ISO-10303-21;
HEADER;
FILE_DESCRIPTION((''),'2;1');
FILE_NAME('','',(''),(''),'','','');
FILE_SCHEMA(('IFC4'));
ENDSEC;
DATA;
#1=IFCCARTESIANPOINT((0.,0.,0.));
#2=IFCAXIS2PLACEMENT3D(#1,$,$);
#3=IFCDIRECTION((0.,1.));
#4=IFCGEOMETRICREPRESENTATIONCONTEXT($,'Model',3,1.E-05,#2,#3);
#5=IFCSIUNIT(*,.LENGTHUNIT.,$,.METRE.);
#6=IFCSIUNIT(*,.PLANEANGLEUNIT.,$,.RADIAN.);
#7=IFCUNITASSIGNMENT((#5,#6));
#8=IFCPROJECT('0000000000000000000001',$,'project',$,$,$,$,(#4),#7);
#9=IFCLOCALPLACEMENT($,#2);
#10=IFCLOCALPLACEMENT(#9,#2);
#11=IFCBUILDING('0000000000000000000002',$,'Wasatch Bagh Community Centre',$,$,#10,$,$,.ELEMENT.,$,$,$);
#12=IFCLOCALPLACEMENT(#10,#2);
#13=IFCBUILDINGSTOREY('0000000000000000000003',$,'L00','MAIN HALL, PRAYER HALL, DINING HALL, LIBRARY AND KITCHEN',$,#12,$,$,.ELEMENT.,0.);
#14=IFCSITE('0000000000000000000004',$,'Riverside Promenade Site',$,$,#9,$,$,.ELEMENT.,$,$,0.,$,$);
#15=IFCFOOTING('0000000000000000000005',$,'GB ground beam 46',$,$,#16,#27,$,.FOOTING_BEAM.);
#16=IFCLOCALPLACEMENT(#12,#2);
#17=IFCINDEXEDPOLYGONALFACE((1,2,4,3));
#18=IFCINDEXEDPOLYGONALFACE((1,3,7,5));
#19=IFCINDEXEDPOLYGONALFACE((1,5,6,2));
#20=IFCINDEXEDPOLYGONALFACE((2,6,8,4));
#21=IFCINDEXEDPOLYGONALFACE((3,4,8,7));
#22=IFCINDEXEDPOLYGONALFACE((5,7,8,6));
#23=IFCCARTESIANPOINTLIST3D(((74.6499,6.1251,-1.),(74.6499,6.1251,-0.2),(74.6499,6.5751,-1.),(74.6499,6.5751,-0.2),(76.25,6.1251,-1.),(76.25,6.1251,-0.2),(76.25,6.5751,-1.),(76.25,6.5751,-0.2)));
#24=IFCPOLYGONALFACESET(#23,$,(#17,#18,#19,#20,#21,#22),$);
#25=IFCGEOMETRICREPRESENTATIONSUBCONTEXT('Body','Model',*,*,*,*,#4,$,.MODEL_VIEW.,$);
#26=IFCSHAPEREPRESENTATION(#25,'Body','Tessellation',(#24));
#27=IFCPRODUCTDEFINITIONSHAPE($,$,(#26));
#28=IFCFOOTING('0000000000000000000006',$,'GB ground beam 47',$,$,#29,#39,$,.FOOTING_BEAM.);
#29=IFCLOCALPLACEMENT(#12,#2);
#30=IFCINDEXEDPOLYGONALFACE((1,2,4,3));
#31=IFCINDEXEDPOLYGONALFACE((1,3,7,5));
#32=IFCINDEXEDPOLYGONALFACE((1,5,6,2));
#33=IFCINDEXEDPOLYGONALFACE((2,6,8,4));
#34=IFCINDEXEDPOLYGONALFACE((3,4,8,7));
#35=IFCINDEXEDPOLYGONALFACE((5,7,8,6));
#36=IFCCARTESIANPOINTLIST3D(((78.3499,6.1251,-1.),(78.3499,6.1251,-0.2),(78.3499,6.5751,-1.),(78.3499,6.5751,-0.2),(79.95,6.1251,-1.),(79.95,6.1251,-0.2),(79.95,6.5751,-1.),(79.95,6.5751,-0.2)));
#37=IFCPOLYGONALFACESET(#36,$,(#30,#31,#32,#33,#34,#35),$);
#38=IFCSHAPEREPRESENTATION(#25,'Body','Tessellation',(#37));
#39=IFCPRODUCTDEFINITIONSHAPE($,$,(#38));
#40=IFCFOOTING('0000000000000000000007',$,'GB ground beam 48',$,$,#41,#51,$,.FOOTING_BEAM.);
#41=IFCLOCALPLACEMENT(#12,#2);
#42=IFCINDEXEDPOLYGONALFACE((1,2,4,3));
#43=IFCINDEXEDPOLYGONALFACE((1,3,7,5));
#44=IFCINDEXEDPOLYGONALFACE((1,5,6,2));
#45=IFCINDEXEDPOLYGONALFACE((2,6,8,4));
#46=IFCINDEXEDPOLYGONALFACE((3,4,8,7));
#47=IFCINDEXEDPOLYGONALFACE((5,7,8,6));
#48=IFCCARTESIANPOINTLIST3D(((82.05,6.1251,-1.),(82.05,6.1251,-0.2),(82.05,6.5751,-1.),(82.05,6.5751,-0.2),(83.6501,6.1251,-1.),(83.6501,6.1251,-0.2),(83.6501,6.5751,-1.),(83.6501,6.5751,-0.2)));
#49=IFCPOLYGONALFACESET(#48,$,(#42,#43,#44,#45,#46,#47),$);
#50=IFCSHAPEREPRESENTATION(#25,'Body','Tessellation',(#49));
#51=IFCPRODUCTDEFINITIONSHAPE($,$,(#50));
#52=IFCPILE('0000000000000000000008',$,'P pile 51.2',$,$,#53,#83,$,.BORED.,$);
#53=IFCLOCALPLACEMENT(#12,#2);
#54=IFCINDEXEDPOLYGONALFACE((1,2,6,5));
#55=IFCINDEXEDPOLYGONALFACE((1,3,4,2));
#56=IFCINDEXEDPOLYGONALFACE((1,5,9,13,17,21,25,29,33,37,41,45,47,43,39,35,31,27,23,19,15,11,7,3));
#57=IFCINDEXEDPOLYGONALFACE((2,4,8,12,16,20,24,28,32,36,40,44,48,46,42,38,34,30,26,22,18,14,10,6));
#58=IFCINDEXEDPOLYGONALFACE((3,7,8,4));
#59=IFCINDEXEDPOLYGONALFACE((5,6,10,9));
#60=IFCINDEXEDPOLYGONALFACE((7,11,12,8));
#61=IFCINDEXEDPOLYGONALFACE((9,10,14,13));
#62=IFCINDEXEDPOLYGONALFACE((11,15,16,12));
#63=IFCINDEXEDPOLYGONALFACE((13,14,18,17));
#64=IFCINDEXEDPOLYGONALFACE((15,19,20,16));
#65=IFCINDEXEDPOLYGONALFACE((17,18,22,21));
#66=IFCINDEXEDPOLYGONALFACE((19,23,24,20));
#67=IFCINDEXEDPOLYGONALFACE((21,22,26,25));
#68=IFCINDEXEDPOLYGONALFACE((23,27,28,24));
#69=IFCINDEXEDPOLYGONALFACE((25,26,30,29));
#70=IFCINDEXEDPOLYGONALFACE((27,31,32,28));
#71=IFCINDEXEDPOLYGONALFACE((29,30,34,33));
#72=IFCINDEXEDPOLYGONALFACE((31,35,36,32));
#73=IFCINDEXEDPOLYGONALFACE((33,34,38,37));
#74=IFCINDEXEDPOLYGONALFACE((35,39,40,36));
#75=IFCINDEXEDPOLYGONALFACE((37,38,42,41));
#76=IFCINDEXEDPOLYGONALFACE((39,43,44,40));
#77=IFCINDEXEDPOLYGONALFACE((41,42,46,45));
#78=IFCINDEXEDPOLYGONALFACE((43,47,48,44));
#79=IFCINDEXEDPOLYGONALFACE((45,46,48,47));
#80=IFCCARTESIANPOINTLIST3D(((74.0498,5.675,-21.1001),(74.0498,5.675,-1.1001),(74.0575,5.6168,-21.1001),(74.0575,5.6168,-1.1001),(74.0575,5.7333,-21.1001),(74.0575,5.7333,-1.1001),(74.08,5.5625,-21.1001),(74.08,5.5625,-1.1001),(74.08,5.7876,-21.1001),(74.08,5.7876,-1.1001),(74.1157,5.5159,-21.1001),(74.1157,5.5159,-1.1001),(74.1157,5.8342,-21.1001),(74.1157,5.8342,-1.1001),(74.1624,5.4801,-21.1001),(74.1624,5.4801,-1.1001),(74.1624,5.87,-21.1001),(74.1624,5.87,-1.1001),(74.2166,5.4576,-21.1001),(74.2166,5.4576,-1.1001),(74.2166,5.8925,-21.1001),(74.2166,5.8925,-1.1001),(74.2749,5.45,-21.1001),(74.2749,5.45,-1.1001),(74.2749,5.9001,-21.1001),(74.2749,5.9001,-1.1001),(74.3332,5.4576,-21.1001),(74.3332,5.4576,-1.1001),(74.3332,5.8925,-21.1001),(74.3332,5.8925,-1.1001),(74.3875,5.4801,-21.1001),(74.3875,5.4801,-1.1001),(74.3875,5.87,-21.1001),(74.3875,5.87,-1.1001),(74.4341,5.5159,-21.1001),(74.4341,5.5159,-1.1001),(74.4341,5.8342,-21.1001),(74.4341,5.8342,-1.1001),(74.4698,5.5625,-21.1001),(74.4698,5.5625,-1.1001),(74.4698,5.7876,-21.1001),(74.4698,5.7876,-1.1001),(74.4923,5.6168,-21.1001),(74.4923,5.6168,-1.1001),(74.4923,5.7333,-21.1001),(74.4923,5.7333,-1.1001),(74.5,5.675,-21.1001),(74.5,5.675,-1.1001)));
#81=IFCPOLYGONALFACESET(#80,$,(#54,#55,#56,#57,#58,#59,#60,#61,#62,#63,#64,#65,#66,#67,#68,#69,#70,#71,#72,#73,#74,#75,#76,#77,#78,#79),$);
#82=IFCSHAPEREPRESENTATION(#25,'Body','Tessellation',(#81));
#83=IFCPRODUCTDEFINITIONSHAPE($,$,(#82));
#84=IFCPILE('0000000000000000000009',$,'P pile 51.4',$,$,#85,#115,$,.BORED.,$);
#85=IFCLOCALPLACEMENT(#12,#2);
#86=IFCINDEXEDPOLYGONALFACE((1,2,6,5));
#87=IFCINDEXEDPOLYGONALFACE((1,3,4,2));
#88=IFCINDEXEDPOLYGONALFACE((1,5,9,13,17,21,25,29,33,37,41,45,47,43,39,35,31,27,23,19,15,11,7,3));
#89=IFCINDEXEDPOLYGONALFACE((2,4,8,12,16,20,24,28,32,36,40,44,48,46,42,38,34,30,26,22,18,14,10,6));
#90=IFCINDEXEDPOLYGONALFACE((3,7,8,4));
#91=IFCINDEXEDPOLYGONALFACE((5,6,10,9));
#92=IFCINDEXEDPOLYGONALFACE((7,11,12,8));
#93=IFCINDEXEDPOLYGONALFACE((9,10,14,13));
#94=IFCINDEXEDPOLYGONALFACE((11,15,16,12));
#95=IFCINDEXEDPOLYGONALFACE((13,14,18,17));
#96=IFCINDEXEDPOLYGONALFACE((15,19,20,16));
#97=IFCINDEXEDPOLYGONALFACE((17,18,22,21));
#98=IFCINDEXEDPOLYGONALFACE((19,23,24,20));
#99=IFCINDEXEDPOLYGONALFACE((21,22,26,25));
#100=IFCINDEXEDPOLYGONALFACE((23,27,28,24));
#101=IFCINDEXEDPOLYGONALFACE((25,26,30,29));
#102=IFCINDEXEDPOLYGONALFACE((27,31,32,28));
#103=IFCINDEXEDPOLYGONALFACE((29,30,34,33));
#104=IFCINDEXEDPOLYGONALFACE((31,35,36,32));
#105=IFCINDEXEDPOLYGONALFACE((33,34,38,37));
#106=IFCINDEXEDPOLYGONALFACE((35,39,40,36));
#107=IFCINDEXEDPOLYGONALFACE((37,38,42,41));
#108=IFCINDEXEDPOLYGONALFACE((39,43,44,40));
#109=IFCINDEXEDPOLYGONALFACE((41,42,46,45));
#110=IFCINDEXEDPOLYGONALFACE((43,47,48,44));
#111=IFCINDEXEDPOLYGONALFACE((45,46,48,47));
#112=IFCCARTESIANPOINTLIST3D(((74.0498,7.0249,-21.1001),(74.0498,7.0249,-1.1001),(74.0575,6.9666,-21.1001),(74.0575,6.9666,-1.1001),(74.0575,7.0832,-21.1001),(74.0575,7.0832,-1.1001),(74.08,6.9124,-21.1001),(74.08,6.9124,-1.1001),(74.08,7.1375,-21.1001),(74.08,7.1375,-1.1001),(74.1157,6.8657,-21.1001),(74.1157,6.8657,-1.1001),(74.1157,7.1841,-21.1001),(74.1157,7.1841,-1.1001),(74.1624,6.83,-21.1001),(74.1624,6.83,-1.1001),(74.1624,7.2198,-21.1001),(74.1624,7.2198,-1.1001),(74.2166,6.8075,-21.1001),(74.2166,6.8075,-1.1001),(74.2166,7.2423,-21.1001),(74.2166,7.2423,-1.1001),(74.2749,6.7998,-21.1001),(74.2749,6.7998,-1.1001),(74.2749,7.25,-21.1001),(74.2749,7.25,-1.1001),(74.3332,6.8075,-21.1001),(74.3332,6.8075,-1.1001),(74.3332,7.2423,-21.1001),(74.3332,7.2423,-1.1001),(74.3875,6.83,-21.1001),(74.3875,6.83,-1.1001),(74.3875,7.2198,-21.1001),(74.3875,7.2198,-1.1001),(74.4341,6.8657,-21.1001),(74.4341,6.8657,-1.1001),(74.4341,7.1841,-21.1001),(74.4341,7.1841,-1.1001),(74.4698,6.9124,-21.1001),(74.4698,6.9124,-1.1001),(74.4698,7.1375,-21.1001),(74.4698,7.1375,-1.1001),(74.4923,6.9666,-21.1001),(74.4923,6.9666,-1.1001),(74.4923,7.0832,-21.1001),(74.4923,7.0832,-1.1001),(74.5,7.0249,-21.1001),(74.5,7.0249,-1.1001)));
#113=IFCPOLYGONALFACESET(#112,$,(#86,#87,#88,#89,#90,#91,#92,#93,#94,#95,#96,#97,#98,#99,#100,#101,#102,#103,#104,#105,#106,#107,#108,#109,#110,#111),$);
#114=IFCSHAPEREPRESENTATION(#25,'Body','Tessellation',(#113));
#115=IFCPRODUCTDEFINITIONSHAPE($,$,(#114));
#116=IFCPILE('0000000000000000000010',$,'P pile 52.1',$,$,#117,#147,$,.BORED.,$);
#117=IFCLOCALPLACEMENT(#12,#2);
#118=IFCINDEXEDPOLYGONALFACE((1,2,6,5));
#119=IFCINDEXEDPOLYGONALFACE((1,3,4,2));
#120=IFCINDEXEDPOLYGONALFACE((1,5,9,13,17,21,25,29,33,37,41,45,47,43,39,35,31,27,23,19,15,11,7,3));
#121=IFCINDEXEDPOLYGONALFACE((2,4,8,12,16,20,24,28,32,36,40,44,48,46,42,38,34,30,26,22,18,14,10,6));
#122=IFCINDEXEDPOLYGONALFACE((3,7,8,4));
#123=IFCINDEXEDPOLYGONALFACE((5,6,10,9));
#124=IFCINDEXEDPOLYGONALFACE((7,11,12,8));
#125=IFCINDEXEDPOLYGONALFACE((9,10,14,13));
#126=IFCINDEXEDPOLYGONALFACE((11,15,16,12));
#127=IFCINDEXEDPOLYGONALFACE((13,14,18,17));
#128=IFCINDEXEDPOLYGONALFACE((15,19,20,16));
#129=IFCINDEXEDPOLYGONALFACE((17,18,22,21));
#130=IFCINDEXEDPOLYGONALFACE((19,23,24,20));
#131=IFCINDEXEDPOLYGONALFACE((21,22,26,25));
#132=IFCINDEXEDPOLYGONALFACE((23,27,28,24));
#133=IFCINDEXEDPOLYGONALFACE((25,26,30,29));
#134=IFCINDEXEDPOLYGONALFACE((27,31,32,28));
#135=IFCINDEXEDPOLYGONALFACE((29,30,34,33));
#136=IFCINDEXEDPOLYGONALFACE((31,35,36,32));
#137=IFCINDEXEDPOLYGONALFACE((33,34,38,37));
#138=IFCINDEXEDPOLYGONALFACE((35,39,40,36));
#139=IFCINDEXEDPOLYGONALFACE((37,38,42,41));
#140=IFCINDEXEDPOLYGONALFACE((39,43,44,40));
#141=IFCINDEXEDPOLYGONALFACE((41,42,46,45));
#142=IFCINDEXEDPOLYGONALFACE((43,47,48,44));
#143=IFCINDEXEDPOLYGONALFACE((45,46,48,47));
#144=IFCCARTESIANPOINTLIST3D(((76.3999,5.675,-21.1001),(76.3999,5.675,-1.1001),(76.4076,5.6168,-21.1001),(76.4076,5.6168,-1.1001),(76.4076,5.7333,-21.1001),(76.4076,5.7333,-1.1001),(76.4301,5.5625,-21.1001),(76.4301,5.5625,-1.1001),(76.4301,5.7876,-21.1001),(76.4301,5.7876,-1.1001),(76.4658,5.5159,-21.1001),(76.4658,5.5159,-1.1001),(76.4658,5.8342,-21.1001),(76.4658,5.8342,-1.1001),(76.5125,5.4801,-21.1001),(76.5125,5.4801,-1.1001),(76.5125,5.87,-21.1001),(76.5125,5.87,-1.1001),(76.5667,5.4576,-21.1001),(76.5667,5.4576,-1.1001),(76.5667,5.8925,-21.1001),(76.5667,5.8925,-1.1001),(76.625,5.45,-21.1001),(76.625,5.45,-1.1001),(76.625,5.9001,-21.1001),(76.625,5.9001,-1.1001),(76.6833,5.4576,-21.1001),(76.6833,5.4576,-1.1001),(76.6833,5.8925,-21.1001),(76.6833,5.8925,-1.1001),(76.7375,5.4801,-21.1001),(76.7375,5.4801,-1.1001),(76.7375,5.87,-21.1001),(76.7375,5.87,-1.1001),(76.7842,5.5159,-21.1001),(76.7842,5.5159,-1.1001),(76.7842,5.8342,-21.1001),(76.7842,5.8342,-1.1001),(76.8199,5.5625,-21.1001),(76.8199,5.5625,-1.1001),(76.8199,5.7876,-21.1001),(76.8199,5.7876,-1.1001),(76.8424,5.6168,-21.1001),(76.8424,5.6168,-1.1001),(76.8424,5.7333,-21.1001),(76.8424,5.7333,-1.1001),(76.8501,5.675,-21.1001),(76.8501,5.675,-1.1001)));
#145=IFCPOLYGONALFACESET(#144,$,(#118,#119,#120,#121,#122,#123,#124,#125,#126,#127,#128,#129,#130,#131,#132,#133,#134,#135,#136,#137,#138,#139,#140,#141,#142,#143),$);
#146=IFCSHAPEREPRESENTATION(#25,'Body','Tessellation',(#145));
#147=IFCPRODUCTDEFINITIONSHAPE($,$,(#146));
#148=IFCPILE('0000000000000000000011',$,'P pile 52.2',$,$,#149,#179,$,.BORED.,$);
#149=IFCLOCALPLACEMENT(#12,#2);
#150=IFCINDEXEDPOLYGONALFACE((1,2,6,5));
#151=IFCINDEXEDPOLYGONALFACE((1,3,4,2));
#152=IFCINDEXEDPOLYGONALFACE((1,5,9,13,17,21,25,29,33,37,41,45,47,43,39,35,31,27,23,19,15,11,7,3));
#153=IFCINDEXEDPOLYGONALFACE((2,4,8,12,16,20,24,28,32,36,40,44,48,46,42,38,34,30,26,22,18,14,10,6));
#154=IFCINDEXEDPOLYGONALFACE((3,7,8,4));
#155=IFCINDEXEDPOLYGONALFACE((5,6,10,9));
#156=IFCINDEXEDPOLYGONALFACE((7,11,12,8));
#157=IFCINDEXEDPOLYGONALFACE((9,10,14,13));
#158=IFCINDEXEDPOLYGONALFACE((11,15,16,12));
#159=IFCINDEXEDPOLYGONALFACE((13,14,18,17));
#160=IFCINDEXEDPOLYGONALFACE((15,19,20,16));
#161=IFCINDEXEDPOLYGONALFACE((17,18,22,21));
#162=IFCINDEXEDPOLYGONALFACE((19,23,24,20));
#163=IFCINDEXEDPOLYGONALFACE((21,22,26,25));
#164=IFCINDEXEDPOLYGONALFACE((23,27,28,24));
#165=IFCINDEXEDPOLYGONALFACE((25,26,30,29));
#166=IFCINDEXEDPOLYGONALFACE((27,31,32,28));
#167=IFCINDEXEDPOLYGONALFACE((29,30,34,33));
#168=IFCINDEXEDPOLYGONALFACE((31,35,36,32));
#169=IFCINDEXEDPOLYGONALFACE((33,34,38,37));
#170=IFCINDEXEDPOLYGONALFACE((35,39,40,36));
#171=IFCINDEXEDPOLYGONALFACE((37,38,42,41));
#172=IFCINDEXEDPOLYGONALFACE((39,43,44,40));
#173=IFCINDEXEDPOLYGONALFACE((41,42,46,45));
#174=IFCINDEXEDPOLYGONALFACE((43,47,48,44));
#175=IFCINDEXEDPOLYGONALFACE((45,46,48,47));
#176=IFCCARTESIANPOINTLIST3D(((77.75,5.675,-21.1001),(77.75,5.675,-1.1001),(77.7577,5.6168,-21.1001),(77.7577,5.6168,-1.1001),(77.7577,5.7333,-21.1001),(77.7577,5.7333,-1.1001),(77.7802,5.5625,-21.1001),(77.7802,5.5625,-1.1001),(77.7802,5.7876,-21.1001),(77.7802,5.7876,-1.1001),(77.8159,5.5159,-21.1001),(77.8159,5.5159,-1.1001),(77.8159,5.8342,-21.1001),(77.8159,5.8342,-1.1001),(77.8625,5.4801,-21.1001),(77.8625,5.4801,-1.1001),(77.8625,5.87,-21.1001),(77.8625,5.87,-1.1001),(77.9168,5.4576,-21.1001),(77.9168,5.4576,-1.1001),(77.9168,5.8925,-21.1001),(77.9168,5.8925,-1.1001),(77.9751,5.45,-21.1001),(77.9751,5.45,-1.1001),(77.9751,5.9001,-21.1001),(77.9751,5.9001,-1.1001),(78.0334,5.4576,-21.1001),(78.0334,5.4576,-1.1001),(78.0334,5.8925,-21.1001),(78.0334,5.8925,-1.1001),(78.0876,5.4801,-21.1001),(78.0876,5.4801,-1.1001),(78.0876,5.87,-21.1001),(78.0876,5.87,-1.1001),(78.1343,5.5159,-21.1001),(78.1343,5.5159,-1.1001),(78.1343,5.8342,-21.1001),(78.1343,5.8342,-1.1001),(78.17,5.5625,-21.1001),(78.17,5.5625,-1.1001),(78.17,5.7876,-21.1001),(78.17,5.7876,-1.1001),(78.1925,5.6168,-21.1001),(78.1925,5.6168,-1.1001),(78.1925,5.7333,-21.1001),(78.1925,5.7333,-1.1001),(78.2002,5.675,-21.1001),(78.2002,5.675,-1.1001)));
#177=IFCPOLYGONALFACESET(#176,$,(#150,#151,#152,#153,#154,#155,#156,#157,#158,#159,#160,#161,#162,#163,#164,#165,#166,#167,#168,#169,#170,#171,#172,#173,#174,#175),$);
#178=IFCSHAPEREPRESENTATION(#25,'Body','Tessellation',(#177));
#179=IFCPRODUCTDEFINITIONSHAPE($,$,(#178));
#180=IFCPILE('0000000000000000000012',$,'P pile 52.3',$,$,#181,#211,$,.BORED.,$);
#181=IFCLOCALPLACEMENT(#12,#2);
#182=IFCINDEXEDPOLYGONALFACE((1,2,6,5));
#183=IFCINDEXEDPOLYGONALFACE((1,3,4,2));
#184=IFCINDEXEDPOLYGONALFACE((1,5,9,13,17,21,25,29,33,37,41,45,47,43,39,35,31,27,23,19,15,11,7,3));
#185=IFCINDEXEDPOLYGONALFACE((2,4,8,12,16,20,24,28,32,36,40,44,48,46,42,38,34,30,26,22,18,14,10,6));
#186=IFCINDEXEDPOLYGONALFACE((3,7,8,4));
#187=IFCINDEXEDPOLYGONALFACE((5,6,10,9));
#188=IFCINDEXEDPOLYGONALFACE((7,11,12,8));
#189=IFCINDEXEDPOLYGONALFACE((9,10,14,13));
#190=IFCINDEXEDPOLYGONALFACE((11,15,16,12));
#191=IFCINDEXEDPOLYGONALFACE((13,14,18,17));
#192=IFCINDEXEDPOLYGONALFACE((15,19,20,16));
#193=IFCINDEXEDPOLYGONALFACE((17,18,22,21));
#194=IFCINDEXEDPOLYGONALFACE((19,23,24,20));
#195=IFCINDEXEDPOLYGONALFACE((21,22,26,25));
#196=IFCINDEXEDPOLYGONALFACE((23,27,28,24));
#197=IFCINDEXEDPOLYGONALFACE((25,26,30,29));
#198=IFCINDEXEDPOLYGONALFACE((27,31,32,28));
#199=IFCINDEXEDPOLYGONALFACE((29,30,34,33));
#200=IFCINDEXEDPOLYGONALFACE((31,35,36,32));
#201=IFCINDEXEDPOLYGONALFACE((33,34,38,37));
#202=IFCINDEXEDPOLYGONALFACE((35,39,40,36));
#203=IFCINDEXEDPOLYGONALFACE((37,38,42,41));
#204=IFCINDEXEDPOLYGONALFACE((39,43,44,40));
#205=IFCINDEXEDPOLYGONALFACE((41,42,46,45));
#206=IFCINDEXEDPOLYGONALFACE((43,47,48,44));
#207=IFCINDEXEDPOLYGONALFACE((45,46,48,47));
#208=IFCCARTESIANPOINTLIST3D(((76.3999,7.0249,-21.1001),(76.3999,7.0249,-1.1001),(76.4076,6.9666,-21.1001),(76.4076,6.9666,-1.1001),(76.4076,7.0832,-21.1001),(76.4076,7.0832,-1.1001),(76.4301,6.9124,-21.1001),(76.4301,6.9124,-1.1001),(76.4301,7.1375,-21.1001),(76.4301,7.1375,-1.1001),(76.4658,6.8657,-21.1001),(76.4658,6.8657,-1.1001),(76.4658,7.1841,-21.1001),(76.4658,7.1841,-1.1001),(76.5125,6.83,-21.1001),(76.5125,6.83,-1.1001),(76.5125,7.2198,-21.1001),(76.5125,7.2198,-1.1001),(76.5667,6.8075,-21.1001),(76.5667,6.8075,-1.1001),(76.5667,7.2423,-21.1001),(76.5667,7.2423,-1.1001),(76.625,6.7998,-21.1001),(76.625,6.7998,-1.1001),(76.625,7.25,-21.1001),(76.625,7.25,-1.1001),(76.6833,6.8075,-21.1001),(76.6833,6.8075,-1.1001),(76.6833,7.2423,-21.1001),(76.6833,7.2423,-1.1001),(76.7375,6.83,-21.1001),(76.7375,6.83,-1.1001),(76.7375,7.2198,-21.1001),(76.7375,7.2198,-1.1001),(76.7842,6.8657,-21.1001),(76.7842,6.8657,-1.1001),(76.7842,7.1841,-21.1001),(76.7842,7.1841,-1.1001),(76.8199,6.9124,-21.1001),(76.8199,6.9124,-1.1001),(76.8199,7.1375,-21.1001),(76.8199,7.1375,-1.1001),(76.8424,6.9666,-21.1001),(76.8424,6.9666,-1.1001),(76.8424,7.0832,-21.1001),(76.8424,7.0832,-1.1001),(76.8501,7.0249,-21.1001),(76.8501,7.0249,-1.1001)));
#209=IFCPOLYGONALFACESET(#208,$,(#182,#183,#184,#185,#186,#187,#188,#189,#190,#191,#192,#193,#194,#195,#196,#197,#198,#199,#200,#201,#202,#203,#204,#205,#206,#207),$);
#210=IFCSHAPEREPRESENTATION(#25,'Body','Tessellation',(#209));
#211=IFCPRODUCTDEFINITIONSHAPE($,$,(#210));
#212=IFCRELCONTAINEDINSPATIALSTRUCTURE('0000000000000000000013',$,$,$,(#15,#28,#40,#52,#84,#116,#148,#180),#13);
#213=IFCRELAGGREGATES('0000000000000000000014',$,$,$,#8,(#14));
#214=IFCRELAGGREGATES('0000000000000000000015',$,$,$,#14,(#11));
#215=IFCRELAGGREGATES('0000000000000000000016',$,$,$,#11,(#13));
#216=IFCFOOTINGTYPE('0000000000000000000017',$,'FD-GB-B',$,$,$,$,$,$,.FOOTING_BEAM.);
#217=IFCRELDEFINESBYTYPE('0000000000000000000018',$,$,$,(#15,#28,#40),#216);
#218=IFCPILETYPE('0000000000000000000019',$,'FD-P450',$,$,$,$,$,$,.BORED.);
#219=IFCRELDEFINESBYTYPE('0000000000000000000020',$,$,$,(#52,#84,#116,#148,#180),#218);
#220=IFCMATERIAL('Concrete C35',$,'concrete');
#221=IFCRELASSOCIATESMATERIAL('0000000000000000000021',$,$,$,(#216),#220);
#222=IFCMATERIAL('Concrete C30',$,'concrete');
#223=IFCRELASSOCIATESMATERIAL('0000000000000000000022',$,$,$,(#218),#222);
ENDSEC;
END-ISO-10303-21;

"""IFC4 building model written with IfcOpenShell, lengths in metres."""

from ifc_helpers import new_model, si_unit, direction, frame, origin, origin_2d, place, context, subcontext, project, spatial, rectangle, circle, extrude, material, material_profile, profile_set, type_object, element, save


model = new_model("IFC4")

# Units and contexts
model_context = context("Model", 3, precision=1e-05, world=origin(), true_north=direction((0.0, 1.0)))
body_context = subcontext(model_context, "Body", "Model", "MODEL_VIEW")
ifc_project = project(units=[si_unit("LENGTHUNIT", "METRE"), si_unit("PLANEANGLEUNIT", "RADIAN")], contexts=[model_context])

# Site, building, storey
site_placement = place(None, origin())
site = spatial("IfcSite", under=ifc_project, at=site_placement, Name="Riverside Promenade Site", CompositionType="ELEMENT", RefElevation=0.0)
building_placement = place(site_placement, origin())
building = spatial("IfcBuilding", under=site, at=building_placement, Name="Wasatch Bagh Community Centre", CompositionType="ELEMENT")
storey_placement = place(building_placement, origin())
storey = spatial("IfcBuildingStorey", under=building, at=storey_placement, Name="L00", Description="MAIN HALL, PRAYER HALL, DINING HALL, LIBRARY AND KITCHEN", CompositionType="ELEMENT", Elevation=0.0)

# Footings
ifc_material_1 = material(Name="Concrete C35", Category="concrete")
footing_type_1 = type_object("IfcFootingType", Name="FD-GB-B", PredefinedType="FOOTING_BEAM", material=ifc_material_1)
for number, where, z_axis, x_axis, name in (
    (1, (75.45, 6.3501, -1.0), (0.0, 0.0, 1.0), (1.0, 0.0, 0.0), "GB ground beam 46"),
    (2, (79.1499, 6.3501, -1.0), (0.0, 0.0, 1.0), (1.0, 0.0, 0.0), "GB ground beam 47"),
    (3, (82.8501, 6.3501, -1.0), (0.0, 0.0, 1.0), (1.0, 0.0, 0.0), "GB ground beam 48"),
):
    element("IfcFooting", number, at=place(storey_placement, frame(where, z_axis=z_axis, x_axis=x_axis)), inside=storey, type_object=footing_type_1, Name=name, PredefinedType="FOOTING_BEAM", context=body_context, shape_type="SweptSolid", body=[
        extrude(rectangle(XDim=1.6001, YDim=0.45, at=origin_2d()), origin(), (0.0, 0.0, 1.0), 0.8),
    ])

# Piles
ifc_material_2 = material(Name="Concrete C30", Category="concrete")
ifc_material_profile_1 = material_profile(ifc_material_2, circle(Radius=0.2251, at=origin_2d()), Name="RC D450")
ifc_profile_set_1 = profile_set([ifc_material_profile_1], Name="Concrete C30")
pile_type = type_object("IfcPileType", Name="FD-P450", PredefinedType="BORED", material=ifc_profile_set_1)
for number, where, z_axis, x_axis, name in (
    (4, (74.2749, 5.675, -1.1001), (0.0, 0.0, -1.0), (1.0, 0.0, 0.0), "P pile 51.2"),
    (5, (74.2749, 7.0249, -1.1001), (0.0, 0.0, -1.0), (1.0, 0.0, 0.0), "P pile 51.4"),
    (6, (76.625, 5.675, -1.1001), (0.0, 0.0, -1.0), (1.0, 0.0, 0.0), "P pile 52.1"),
    (7, (77.9751, 5.675, -1.1001), (0.0, 0.0, -1.0), (1.0, 0.0, 0.0), "P pile 52.2"),
    (8, (76.625, 7.0249, -1.1001), (0.0, 0.0, -1.0), (1.0, 0.0, 0.0), "P pile 52.3"),
):
    element("IfcPile", number, at=place(storey_placement, frame(where, z_axis=z_axis, x_axis=x_axis)), inside=storey, type_object=pile_type, Name=name, PredefinedType="BORED", context=body_context, shape_type="SweptSolid", body=[
        extrude(circle(Radius=0.2251, at=origin_2d()), origin(), (0.0, 0.0, 1.0), 20.0),
    ])

save(model, "model.ifc")
